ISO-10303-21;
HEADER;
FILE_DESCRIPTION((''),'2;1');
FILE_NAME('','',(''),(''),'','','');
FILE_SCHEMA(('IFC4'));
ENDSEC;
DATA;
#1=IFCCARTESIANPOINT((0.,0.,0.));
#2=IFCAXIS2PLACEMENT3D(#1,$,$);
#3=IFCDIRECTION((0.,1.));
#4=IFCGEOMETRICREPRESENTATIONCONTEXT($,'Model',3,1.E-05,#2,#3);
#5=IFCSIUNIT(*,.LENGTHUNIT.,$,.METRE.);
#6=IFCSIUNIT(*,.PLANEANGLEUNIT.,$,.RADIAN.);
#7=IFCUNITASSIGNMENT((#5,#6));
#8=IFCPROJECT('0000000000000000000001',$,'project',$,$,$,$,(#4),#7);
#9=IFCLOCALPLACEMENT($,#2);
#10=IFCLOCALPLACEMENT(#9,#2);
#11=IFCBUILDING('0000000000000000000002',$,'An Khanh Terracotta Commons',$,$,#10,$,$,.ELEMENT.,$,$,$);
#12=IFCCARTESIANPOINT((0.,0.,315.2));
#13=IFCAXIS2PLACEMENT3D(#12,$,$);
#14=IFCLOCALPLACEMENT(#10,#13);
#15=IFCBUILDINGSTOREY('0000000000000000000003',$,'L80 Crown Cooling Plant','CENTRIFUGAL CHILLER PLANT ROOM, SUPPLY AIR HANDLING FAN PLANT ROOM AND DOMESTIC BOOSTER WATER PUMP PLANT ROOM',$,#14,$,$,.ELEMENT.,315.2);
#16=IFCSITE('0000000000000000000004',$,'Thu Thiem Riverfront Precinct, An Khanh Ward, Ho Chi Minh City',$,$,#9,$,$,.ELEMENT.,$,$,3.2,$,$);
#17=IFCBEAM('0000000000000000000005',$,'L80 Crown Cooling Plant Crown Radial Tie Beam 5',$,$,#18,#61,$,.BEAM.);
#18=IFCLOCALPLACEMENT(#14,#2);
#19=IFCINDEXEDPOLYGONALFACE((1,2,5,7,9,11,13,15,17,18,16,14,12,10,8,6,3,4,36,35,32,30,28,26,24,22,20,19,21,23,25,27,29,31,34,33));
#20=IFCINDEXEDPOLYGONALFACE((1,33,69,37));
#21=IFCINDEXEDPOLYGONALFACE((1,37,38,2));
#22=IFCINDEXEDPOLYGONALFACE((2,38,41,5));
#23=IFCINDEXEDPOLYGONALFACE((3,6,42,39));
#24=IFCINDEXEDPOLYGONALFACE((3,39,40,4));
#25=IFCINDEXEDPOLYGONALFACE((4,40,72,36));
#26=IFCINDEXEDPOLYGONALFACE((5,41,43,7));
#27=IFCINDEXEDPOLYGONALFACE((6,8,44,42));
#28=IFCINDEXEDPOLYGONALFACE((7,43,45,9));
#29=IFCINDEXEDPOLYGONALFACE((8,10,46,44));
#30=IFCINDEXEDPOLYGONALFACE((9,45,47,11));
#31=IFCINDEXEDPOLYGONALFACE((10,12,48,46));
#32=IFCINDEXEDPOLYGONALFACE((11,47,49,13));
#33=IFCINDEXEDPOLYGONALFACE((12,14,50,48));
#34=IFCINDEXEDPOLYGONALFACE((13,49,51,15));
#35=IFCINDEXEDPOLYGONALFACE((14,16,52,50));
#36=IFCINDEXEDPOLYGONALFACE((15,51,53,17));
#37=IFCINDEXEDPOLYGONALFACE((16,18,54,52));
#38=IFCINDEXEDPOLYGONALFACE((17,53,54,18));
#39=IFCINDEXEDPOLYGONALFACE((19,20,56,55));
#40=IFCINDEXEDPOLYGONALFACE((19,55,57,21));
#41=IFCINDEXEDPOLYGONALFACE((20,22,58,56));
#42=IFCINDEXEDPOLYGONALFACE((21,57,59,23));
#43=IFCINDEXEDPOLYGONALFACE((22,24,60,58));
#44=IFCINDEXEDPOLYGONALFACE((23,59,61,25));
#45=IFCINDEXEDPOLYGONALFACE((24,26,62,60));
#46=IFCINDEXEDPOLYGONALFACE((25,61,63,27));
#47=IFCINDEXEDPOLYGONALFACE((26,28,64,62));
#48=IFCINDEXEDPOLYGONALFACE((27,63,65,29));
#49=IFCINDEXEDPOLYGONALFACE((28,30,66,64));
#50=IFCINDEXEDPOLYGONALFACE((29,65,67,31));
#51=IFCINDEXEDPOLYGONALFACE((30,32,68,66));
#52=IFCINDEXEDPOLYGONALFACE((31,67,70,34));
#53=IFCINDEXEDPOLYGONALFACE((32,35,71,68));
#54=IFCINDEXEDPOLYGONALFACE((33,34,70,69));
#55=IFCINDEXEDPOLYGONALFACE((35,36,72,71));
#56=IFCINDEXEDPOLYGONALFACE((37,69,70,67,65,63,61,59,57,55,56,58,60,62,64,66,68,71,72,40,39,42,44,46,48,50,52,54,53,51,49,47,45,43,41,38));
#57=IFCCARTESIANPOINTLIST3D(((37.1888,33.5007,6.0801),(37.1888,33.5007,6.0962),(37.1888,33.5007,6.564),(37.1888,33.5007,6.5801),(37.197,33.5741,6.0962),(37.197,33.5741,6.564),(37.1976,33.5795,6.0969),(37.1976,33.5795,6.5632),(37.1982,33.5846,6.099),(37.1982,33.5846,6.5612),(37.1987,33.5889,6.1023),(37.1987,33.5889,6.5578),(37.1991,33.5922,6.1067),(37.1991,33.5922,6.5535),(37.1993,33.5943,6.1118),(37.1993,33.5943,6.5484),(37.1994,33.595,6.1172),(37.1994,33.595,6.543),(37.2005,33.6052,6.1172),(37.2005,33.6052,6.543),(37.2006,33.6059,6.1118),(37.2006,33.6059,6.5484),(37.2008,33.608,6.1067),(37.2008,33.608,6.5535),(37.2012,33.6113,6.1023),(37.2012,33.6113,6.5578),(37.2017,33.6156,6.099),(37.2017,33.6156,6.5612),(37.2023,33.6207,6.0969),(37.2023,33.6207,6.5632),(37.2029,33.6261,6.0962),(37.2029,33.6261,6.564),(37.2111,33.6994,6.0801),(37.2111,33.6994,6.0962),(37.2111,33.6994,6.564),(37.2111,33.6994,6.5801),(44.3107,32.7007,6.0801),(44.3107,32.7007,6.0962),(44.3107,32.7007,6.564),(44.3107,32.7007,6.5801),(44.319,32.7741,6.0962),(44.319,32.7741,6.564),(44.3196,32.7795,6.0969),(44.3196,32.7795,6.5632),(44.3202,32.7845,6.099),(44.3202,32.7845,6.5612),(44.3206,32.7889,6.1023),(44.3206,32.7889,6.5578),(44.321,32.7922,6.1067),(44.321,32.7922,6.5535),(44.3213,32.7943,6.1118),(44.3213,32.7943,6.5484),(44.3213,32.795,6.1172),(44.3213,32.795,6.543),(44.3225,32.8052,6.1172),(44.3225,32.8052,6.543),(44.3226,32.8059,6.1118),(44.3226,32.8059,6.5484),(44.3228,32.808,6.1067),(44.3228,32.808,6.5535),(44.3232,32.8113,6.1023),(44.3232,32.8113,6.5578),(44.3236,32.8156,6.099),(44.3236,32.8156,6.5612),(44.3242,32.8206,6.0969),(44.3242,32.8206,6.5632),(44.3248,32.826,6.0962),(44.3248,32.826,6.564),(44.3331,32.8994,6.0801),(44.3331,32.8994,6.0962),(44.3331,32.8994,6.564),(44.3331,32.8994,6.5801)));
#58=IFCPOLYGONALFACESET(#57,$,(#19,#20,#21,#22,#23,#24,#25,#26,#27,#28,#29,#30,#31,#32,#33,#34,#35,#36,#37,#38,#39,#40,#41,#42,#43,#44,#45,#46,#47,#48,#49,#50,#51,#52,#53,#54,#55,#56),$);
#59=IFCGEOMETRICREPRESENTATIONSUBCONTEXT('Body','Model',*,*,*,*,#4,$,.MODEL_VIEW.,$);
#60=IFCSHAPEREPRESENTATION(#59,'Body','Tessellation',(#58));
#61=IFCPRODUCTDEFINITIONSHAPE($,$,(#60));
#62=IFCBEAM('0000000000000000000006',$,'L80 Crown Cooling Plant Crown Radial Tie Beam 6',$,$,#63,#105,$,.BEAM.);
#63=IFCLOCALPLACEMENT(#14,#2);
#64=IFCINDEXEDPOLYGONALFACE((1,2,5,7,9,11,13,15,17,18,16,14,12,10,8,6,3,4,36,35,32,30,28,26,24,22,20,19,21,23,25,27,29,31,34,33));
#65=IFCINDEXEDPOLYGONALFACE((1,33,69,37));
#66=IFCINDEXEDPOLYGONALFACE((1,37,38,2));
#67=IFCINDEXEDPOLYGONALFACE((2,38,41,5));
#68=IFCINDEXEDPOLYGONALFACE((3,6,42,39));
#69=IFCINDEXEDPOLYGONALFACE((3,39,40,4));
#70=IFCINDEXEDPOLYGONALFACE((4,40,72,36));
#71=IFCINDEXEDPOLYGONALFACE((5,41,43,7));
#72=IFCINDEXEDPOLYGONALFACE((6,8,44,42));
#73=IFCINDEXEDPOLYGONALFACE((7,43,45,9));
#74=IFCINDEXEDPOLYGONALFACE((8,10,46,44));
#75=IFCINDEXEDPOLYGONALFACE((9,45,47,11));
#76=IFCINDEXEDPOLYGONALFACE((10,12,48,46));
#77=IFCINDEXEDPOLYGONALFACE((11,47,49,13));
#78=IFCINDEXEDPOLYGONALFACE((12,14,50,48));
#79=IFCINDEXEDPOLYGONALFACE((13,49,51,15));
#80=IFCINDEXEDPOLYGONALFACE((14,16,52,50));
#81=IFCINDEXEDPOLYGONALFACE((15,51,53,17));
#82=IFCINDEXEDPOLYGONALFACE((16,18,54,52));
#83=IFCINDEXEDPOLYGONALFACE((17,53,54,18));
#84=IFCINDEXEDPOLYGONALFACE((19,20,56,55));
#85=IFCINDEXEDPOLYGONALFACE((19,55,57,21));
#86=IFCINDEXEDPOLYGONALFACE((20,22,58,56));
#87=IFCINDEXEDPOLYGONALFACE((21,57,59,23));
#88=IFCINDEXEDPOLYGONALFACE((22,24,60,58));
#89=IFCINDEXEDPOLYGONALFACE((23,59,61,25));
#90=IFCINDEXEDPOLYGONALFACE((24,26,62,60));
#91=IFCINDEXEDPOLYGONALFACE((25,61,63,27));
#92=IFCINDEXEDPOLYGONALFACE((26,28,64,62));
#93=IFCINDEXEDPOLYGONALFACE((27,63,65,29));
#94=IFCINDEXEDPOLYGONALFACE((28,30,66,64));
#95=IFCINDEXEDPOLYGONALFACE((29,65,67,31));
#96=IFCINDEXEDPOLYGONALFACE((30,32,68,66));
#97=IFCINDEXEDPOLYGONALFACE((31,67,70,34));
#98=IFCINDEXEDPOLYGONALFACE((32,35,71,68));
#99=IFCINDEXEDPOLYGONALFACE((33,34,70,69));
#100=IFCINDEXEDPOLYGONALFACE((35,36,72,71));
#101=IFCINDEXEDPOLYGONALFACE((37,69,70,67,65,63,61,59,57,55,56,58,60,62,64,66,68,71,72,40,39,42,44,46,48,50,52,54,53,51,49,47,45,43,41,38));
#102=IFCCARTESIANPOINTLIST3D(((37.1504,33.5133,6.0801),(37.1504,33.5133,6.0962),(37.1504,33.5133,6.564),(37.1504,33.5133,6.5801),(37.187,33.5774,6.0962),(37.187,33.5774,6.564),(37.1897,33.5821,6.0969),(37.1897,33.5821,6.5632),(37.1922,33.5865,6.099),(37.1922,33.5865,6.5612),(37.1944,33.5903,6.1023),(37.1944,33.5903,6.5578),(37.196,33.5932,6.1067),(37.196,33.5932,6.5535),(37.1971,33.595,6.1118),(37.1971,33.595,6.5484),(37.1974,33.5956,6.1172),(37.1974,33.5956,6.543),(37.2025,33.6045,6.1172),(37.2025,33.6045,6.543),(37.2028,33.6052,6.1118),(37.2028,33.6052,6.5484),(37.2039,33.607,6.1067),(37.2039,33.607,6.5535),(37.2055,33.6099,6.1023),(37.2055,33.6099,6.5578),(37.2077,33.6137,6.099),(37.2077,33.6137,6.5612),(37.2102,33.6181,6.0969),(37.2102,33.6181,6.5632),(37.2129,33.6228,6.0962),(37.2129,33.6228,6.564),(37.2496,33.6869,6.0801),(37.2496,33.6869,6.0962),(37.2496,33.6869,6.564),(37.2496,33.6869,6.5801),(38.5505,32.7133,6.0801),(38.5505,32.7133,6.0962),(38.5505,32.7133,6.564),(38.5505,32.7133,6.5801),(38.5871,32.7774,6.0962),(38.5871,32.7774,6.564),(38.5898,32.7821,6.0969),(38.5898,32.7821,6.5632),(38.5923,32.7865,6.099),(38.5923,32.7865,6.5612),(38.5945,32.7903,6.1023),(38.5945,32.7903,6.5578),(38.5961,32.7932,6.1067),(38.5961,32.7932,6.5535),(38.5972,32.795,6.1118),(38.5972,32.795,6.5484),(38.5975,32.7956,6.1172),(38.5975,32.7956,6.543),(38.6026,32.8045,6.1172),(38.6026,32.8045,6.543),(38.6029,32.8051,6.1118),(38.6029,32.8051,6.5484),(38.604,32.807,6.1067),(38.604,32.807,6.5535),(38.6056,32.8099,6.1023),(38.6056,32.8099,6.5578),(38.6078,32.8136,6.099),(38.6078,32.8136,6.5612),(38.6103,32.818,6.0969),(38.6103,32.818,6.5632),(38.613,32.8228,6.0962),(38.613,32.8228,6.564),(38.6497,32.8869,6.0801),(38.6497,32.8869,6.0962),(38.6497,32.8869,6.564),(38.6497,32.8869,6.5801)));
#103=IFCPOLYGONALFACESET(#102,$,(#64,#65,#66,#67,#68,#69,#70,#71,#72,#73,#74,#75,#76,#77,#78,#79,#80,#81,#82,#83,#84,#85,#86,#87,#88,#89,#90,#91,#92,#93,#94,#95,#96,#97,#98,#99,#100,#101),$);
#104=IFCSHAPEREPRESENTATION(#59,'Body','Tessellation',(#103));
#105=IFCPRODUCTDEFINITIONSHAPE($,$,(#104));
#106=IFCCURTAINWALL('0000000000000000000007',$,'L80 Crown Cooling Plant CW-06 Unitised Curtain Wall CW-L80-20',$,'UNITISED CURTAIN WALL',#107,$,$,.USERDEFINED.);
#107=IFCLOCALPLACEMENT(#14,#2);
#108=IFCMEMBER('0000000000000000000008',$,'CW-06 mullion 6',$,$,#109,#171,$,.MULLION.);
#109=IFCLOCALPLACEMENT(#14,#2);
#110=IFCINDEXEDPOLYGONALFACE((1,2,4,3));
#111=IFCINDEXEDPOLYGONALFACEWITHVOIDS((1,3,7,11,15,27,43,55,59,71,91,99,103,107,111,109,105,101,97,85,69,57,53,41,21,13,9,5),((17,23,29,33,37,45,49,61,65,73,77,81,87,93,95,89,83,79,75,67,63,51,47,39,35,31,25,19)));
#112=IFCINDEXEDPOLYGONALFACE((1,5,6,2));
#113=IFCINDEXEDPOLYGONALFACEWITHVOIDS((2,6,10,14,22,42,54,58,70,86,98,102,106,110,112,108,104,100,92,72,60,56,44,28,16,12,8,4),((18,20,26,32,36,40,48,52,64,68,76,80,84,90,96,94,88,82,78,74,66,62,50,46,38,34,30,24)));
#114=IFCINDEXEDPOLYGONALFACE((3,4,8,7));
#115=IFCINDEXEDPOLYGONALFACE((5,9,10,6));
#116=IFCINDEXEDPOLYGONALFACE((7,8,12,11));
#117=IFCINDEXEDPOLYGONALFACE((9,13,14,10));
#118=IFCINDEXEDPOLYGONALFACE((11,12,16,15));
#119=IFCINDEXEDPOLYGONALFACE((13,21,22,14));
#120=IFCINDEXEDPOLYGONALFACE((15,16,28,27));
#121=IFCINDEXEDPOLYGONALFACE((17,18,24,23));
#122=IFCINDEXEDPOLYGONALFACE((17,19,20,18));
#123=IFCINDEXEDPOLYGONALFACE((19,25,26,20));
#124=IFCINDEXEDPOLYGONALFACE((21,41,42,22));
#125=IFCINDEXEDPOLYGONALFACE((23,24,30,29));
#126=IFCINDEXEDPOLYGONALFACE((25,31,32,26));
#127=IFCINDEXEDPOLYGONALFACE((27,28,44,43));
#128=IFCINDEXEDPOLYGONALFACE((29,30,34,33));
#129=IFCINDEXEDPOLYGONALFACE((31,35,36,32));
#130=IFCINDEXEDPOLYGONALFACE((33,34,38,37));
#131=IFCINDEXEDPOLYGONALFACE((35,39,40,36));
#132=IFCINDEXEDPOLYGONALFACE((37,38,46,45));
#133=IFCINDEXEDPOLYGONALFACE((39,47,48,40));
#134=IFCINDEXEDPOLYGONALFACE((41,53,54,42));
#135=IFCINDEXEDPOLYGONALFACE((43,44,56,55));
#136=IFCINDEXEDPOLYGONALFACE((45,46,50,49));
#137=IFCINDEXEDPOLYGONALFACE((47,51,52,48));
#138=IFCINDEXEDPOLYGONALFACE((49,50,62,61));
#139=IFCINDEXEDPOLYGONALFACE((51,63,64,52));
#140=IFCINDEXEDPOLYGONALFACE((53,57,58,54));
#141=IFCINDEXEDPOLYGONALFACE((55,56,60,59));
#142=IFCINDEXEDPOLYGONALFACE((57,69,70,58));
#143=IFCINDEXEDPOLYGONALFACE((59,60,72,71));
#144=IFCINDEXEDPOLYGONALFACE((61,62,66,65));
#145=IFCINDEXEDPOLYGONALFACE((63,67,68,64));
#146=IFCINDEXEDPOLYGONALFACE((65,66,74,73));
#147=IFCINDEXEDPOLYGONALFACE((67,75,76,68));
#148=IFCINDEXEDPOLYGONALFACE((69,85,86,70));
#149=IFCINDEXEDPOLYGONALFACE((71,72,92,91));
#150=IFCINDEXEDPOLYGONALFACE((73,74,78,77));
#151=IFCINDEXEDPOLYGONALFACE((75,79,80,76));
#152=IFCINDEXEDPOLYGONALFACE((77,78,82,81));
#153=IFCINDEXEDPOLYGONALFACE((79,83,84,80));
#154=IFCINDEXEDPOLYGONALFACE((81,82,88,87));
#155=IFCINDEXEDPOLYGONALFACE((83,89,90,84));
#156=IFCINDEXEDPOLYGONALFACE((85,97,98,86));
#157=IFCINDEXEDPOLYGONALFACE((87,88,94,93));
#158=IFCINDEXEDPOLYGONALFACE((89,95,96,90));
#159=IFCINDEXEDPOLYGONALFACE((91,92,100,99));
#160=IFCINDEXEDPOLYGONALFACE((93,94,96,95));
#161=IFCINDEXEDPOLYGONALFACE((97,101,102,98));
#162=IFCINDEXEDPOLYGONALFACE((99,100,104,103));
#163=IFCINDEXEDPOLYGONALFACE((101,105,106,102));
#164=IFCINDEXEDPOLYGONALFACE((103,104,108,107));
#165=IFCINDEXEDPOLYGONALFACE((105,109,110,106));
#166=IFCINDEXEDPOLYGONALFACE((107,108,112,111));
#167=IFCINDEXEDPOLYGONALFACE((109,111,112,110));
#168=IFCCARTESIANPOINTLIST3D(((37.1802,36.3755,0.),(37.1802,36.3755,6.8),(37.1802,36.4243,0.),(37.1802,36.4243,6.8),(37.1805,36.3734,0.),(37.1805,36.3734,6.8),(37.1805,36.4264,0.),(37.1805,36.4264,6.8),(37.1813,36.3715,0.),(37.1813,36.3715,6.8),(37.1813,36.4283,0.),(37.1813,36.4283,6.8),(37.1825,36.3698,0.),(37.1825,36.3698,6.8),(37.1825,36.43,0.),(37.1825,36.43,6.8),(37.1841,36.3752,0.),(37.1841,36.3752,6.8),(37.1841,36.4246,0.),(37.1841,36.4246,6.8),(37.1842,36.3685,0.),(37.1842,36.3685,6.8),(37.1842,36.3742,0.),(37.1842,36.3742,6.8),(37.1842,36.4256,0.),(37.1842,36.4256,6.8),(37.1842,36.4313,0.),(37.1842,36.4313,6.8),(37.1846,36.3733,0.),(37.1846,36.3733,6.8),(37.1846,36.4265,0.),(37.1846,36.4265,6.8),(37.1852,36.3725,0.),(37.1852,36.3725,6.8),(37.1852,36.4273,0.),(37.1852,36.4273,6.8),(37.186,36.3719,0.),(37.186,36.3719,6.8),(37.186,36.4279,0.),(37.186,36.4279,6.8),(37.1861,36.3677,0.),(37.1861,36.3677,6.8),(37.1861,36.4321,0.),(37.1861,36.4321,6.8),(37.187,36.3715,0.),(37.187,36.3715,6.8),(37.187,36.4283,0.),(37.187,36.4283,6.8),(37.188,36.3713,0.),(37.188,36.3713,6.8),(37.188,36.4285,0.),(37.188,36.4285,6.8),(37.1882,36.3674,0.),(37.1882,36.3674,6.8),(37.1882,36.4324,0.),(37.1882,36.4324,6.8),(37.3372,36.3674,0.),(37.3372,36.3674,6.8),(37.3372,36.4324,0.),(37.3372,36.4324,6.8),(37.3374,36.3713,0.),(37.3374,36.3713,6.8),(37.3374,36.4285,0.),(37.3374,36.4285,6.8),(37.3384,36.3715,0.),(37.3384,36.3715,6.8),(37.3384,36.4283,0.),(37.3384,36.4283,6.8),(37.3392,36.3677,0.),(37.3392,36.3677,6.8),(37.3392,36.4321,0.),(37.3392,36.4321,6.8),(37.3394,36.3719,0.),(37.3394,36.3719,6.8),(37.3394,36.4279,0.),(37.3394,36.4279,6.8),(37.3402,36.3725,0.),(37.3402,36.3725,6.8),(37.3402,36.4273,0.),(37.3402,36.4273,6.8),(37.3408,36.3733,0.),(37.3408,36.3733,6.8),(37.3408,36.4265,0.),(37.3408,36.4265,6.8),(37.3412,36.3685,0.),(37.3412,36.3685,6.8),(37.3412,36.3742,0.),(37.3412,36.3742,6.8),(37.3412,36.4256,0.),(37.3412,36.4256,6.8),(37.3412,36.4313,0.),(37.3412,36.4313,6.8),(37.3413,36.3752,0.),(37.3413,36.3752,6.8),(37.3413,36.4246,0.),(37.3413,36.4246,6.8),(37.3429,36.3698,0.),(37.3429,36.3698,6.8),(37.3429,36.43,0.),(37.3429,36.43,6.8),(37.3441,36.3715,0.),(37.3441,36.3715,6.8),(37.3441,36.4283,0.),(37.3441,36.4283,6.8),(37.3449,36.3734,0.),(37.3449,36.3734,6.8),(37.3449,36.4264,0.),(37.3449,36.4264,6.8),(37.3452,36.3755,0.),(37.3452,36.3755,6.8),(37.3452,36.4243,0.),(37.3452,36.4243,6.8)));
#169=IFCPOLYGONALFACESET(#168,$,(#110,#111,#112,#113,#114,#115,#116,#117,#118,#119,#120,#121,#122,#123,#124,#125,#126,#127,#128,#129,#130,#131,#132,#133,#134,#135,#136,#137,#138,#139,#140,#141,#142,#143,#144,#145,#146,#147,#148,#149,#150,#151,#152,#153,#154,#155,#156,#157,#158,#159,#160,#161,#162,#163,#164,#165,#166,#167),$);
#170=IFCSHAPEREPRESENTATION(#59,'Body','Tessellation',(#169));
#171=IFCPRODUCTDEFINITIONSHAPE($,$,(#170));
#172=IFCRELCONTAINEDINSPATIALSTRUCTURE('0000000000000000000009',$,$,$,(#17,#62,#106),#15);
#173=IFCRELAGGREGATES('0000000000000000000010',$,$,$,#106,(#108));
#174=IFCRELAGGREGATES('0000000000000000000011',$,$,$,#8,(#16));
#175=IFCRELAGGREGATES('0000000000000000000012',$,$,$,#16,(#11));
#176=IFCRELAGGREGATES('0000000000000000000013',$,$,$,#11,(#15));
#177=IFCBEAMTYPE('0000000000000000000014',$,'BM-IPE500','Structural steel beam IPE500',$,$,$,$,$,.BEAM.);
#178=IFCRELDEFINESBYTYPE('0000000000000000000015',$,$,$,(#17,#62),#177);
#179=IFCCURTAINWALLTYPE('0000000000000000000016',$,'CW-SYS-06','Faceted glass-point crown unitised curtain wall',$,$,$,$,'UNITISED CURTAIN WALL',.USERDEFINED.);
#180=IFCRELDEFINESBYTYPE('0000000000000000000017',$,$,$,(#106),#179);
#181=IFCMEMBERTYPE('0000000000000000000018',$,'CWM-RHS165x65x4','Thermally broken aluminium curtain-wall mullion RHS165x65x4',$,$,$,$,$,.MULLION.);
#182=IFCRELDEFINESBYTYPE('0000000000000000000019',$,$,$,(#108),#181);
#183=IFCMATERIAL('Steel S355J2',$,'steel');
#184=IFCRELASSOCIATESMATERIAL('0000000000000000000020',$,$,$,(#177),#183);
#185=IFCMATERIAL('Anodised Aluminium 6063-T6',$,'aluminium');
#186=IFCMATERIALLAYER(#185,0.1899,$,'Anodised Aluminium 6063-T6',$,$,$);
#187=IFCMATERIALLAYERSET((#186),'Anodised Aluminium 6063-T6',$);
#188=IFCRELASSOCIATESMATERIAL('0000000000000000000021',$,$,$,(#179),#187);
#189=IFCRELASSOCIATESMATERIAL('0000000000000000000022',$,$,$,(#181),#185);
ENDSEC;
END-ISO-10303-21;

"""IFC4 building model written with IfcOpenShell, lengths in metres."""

from ifc_helpers import new_model, si_unit, direction, frame, origin, origin_2d, place, context, subcontext, project, spatial, hollow_rectangle, i_section, extrude, material, layer, layer_set, material_profile, profile_set, type_object, element, aggregate, save


model = new_model("IFC4")

# Units and contexts
model_context = context("Model", 3, precision=1e-05, world=origin(), true_north=direction((0.0, 1.0)))
body_context = subcontext(model_context, "Body", "Model", "MODEL_VIEW")
ifc_project = project(units=[si_unit("LENGTHUNIT", "METRE"), si_unit("PLANEANGLEUNIT", "RADIAN")], contexts=[model_context])

# Site, building, storey
site_placement = place(None, origin())
site = spatial("IfcSite", under=ifc_project, at=site_placement, Name="Thu Thiem Riverfront Precinct, An Khanh Ward, Ho Chi Minh City", CompositionType="ELEMENT", RefElevation=3.2)
building_placement = place(site_placement, origin())
building = spatial("IfcBuilding", under=site, at=building_placement, Name="An Khanh Terracotta Commons", CompositionType="ELEMENT")
storey_placement = place(building_placement, frame((0.0, 0.0, 315.2)))
storey = spatial("IfcBuildingStorey", under=building, at=storey_placement, Name="L80 Crown Cooling Plant", Description="CENTRIFUGAL CHILLER PLANT ROOM, SUPPLY AIR HANDLING FAN PLANT ROOM AND DOMESTIC BOOSTER WATER PUMP PLANT ROOM", CompositionType="ELEMENT", Elevation=315.2)

# Beams
ifc_material_1 = material(Name="Steel S355J2", Category="steel")
ifc_material_profile_1 = material_profile(ifc_material_1, i_section(OverallWidth=0.2, OverallDepth=0.5, WebThickness=0.0103, FlangeThickness=0.0161, FilletRadius=0.021, at=origin_2d()), Name="IPE500")
ifc_profile_set_1 = profile_set([ifc_material_profile_1], Name="Steel S355J2")
beam_type = type_object("IfcBeamType", Name="BM-IPE500", Description="Structural steel beam IPE500", PredefinedType="BEAM", material=ifc_profile_set_1)
beam_1_placement = place(storey_placement, frame((37.2, 33.6001, 6.3301), z_axis=(0.99375, -0.111632, 0.0), x_axis=(0.111632, 0.99375, 0.0)))
element("IfcBeam", 1, at=beam_1_placement, inside=storey, type_object=beam_type, Name="L80 Crown Cooling Plant Crown Radial Tie Beam 5", PredefinedType="BEAM", context=body_context, shape_type="SweptSolid", body=[
    extrude(i_section(OverallWidth=0.2, OverallDepth=0.5, WebThickness=0.0103, FlangeThickness=0.0161, FilletRadius=0.021, at=origin_2d()), origin(), (0.0, 0.0, 1.0), 7.1667),
])
beam_2_placement = place(storey_placement, frame((37.2, 33.6001, 6.3301), z_axis=(0.868252, -0.496123, 0.0), x_axis=(0.496123, 0.868252, 0.0)))
element("IfcBeam", 2, at=beam_2_placement, inside=storey, type_object=beam_type, Name="L80 Crown Cooling Plant Crown Radial Tie Beam 6", PredefinedType="BEAM", context=body_context, shape_type="SweptSolid", body=[
    extrude(i_section(OverallWidth=0.2, OverallDepth=0.5, WebThickness=0.0103, FlangeThickness=0.0161, FilletRadius=0.021, at=origin_2d()), origin(), (0.0, 0.0, 1.0), 1.6125),
])

# Curtain wall, member
ifc_material_2 = material(Name="Anodised Aluminium 6063-T6", Category="aluminium")
ifc_layer_1 = layer(ifc_material_2, 0.1899, Name="Anodised Aluminium 6063-T6")
ifc_layer_set_1 = layer_set([ifc_layer_1], Name="Anodised Aluminium 6063-T6")
curtain_wall_type = type_object("IfcCurtainWallType", Name="CW-SYS-06", Description="Faceted glass-point crown unitised curtain wall", ElementType="UNITISED CURTAIN WALL", PredefinedType="USERDEFINED", material=ifc_layer_set_1)
curtain_wall_placement = place(storey_placement, origin())
curtain_wall = element("IfcCurtainWall", 3, at=curtain_wall_placement, inside=storey, type_object=curtain_wall_type, Name="L80 Crown Cooling Plant CW-06 Unitised Curtain Wall CW-L80-20", ObjectType="UNITISED CURTAIN WALL", PredefinedType="USERDEFINED")
ifc_material_profile_2 = material_profile(ifc_material_2, hollow_rectangle(XDim=0.0649, YDim=0.165, WallThickness=0.0039, InnerFilletRadius=0.0039, OuterFilletRadius=0.0081, at=origin_2d()), Name="RHS165x65x4")
ifc_profile_set_2 = profile_set([ifc_material_profile_2], Name="Anodised Aluminium 6063-T6")
member_type_1 = type_object("IfcMemberType", Name="CWM-RHS165x65x4", Description="Thermally broken aluminium curtain-wall mullion RHS165x65x4", PredefinedType="MULLION", material=ifc_profile_set_2)
member_1_placement = place(storey_placement, frame((37.2627, 36.3999, 0.0), z_axis=(0.0, 0.0, 1.0), x_axis=(0.0, -1.0, 0.0)))
member_1 = element("IfcMember", 4, at=member_1_placement, type_object=member_type_1, Name="CW-06 mullion 6", PredefinedType="MULLION", context=body_context, shape_type="SweptSolid", body=[
    extrude(hollow_rectangle(XDim=0.0649, YDim=0.165, WallThickness=0.0039, InnerFilletRadius=0.0039, OuterFilletRadius=0.0081, at=origin_2d()), origin(), (0.0, 0.0, 1.0), 6.8),
])
aggregate(curtain_wall, [member_1])

save(model, "model.ifc")
